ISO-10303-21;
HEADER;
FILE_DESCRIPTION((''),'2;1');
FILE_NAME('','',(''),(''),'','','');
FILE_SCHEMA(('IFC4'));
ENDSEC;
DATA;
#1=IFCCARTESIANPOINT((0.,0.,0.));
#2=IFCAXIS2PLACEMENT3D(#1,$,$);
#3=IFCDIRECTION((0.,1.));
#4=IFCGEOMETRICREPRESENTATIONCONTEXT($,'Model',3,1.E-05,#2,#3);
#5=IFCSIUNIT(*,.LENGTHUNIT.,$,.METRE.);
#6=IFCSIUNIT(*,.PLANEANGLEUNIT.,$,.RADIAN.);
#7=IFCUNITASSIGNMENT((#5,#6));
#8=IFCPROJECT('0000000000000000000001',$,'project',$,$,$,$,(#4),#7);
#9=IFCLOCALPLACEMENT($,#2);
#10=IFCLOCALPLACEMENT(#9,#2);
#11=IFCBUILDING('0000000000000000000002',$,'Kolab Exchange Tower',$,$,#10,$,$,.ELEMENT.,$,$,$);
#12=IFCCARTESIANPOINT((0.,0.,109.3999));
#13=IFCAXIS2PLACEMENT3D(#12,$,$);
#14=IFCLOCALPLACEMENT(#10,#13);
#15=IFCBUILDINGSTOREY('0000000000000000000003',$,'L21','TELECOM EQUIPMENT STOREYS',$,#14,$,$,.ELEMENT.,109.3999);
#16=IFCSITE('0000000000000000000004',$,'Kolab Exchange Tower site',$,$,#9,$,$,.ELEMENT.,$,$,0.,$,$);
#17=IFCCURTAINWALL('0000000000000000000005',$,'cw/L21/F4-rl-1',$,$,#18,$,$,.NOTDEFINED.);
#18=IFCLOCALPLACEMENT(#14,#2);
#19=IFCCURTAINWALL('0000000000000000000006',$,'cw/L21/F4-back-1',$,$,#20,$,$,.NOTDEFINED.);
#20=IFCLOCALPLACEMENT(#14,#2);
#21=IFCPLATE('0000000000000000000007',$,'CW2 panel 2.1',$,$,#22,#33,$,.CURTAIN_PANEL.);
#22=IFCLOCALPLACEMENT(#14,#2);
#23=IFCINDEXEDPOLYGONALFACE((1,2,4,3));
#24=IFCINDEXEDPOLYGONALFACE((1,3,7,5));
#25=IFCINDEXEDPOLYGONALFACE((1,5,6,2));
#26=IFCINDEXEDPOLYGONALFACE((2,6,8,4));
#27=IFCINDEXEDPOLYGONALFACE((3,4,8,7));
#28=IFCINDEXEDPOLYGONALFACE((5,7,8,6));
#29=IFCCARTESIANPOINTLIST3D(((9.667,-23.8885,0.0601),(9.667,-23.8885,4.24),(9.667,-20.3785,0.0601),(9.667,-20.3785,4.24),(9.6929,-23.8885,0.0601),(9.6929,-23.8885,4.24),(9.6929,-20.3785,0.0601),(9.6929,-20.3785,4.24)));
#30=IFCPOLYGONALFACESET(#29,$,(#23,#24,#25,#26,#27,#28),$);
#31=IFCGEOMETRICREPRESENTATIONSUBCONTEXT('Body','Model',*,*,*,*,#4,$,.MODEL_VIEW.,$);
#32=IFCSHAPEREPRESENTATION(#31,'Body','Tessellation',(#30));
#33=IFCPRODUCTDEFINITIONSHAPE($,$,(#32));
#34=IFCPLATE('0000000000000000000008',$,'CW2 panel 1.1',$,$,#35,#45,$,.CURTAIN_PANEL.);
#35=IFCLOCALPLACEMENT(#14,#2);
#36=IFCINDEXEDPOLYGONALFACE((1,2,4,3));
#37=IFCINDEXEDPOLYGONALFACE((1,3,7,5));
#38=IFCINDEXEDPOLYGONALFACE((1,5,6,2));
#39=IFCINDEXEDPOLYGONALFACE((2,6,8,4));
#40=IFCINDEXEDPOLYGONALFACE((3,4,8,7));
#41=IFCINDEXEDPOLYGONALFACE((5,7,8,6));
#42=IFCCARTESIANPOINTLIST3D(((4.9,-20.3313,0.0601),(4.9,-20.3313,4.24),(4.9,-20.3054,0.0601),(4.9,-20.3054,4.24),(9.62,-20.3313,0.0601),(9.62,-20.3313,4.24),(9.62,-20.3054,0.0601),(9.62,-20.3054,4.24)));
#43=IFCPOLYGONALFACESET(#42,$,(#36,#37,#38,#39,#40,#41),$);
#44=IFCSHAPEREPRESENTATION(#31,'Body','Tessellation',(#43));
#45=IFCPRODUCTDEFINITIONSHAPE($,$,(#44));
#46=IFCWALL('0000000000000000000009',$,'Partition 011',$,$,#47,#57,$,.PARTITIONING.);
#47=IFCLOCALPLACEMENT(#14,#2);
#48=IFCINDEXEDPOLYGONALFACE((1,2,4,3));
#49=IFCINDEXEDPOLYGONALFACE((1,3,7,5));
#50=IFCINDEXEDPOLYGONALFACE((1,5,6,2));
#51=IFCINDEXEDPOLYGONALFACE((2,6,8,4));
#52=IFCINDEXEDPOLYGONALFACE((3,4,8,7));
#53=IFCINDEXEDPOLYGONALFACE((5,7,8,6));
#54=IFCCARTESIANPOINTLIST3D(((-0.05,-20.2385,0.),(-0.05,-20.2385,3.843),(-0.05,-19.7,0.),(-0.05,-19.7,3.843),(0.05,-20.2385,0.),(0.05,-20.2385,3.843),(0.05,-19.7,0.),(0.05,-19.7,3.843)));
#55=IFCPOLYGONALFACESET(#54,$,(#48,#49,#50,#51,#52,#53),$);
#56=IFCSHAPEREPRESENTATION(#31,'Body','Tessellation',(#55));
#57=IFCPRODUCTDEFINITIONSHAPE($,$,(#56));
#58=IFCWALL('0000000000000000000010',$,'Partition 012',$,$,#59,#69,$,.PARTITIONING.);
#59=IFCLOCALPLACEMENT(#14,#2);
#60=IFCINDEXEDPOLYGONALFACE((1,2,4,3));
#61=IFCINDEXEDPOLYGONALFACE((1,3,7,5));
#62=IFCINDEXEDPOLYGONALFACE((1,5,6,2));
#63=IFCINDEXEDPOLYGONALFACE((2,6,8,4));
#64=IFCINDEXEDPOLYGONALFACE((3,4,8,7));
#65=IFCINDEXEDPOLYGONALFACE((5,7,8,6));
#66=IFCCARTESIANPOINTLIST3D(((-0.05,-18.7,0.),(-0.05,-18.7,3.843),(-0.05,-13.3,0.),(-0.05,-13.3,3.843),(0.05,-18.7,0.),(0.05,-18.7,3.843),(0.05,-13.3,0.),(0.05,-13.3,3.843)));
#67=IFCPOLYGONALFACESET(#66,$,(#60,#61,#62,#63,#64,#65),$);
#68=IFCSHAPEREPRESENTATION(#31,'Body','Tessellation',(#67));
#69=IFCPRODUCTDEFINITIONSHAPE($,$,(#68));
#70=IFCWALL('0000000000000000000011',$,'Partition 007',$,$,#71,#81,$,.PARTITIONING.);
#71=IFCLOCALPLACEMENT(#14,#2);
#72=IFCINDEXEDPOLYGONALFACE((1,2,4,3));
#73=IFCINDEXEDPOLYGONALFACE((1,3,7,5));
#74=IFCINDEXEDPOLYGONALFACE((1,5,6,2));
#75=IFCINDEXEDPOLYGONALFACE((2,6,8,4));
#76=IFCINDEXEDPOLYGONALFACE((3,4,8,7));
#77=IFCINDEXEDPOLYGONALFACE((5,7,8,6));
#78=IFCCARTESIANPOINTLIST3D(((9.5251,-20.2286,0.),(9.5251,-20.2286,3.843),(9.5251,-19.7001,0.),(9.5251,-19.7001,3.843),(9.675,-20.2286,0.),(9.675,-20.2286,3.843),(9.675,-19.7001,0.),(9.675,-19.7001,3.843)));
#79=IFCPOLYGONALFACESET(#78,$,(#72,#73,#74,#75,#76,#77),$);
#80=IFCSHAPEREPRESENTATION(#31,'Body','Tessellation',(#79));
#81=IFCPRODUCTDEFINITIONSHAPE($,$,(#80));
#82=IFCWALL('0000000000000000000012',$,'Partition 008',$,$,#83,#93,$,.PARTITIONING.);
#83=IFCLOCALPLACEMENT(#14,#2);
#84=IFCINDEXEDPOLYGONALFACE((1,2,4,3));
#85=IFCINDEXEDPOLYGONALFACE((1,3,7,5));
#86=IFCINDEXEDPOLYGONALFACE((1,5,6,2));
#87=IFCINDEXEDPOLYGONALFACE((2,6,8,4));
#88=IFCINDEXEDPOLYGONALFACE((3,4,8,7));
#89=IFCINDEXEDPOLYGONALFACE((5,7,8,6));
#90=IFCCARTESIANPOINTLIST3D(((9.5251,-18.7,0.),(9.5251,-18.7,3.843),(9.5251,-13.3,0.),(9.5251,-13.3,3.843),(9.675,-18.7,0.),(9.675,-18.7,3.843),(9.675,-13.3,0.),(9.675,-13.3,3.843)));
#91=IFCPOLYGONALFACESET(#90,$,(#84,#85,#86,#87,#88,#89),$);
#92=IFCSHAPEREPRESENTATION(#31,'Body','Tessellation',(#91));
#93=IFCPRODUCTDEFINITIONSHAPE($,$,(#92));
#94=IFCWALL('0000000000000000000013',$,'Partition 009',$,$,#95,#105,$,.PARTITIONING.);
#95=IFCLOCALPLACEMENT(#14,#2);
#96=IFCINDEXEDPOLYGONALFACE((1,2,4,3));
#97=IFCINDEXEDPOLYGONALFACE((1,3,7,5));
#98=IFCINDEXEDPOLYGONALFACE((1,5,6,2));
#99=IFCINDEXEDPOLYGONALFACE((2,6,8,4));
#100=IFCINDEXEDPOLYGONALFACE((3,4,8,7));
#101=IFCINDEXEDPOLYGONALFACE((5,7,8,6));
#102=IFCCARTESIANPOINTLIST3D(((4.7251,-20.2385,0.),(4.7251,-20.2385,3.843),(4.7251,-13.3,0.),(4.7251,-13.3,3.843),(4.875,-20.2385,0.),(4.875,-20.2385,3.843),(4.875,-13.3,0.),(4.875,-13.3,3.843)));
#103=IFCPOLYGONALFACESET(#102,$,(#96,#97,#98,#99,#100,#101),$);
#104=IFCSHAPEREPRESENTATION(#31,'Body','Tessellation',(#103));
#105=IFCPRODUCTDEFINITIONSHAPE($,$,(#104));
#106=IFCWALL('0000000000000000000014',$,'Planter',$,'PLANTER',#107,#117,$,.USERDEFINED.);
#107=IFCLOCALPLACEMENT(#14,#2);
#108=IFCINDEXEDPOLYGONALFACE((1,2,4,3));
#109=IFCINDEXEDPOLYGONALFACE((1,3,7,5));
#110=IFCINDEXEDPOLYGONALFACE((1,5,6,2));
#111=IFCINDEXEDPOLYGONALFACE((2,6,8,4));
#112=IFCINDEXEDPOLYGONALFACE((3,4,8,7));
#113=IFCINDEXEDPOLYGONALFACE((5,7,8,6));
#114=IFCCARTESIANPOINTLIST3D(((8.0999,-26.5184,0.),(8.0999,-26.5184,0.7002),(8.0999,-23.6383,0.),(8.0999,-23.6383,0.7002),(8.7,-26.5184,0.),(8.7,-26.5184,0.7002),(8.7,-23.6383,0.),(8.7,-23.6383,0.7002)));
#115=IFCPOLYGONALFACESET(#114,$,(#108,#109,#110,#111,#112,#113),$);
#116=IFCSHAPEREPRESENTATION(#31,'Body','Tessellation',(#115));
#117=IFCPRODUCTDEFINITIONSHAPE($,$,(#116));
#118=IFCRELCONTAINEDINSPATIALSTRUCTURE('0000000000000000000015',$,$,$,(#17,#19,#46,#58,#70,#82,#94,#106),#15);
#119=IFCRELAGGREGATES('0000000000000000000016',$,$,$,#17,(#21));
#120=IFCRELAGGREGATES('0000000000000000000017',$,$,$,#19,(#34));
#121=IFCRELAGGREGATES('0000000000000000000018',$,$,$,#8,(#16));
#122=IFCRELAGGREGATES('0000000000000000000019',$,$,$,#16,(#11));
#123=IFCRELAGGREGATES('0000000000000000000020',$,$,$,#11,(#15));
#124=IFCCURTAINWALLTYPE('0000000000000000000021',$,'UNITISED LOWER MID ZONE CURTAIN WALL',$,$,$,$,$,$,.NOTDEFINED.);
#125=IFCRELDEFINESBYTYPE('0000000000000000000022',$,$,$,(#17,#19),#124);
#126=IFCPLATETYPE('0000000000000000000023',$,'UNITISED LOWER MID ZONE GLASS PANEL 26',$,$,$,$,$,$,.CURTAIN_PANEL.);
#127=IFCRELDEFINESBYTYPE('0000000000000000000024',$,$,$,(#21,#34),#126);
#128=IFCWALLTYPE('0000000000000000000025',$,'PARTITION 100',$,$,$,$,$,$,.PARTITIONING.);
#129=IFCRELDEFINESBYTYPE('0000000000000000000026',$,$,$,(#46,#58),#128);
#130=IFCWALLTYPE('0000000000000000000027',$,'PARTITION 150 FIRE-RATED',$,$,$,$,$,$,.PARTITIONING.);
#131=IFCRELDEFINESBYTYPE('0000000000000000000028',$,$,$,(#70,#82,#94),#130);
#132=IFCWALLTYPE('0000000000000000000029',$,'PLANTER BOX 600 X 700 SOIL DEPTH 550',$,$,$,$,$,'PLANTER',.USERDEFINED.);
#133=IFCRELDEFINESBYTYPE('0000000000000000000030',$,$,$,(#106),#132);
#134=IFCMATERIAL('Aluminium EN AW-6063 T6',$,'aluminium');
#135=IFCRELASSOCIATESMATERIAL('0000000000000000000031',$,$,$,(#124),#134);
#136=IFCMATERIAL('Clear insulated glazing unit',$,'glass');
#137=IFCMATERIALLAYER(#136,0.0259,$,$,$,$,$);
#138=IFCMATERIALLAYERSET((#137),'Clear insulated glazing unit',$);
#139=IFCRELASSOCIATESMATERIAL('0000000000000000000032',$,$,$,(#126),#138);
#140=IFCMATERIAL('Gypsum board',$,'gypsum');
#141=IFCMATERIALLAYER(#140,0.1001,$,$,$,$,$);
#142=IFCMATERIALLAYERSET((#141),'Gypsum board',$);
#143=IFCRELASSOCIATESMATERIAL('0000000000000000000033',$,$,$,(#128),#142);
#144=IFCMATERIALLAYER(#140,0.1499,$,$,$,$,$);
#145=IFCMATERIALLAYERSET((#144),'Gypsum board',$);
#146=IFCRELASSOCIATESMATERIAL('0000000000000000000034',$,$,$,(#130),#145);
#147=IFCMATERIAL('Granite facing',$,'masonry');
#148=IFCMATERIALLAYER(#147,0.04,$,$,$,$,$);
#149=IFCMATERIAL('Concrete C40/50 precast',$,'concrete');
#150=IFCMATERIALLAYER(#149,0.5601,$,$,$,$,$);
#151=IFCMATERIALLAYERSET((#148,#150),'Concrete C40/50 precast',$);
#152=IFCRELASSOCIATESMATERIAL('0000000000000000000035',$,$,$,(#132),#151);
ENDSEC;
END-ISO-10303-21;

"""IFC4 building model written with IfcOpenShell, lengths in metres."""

from ifc_helpers import new_model, si_unit, direction, frame, frame_2d, origin, origin_2d, place, context, subcontext, project, spatial, rectangle, extrude, material, layer, layer_set, type_object, element, aggregate, save


model = new_model("IFC4")

# Units and contexts
model_context = context("Model", 3, precision=1e-05, world=origin(), true_north=direction((0.0, 1.0)))
body_context = subcontext(model_context, "Body", "Model", "MODEL_VIEW")
ifc_project = project(units=[si_unit("LENGTHUNIT", "METRE"), si_unit("PLANEANGLEUNIT", "RADIAN")], contexts=[model_context])

# Site, building, storey
site_placement = place(None, origin())
site = spatial("IfcSite", under=ifc_project, at=site_placement, Name="Kolab Exchange Tower site", CompositionType="ELEMENT", RefElevation=0.0)
building_placement = place(site_placement, origin())
building = spatial("IfcBuilding", under=site, at=building_placement, Name="Kolab Exchange Tower", CompositionType="ELEMENT")
storey_placement = place(building_placement, frame((0.0, 0.0, 109.3999)))
storey = spatial("IfcBuildingStorey", under=building, at=storey_placement, Name="L21", Description="TELECOM EQUIPMENT STOREYS", CompositionType="ELEMENT", Elevation=109.3999)

# Curtain wall
ifc_material_1 = material(Name="Aluminium EN AW-6063 T6", Category="aluminium")
curtain_wall_type = type_object("IfcCurtainWallType", Name="UNITISED LOWER MID ZONE CURTAIN WALL", PredefinedType="NOTDEFINED", material=ifc_material_1)
curtain_wall_1_placement = place(storey_placement, origin())
curtain_wall_1 = element("IfcCurtainWall", 1, at=curtain_wall_1_placement, inside=storey, type_object=curtain_wall_type, Name="cw/L21/F4-rl-1", PredefinedType="NOTDEFINED")

# Curtain wall
curtain_wall_2_placement = place(storey_placement, origin())
curtain_wall_2 = element("IfcCurtainWall", 2, at=curtain_wall_2_placement, inside=storey, type_object=curtain_wall_type, Name="cw/L21/F4-back-1", PredefinedType="NOTDEFINED")

# Plates
ifc_material_2 = material(Name="Clear insulated glazing unit", Category="glass")
ifc_layer_1 = layer(ifc_material_2, 0.0259)
ifc_layer_set_1 = layer_set([ifc_layer_1], Name="Clear insulated glazing unit")
plate_type = type_object("IfcPlateType", Name="UNITISED LOWER MID ZONE GLASS PANEL 26", PredefinedType="CURTAIN_PANEL", material=ifc_layer_set_1)
plate_1_placement = place(storey_placement, frame((9.6799, -22.1335, 0.0601), z_axis=(0.0, 0.0, 1.0), x_axis=(0.0, 1.0, 0.0)))
plate_1 = element("IfcPlate", 3, at=plate_1_placement, type_object=plate_type, Name="CW2 panel 2.1", PredefinedType="CURTAIN_PANEL", context=body_context, shape_type="SweptSolid", body=[
    extrude(rectangle(XDim=3.51, YDim=0.0259, at=origin_2d()), origin(), (0.0, 0.0, 1.0), 4.1799),
])
aggregate(curtain_wall_1, [plate_1])
plate_2_placement = place(storey_placement, frame((7.26, -20.3184, 0.0601), z_axis=(0.0, 0.0, 1.0), x_axis=(-1.0, 0.0, 0.0)))
plate_2 = element("IfcPlate", 4, at=plate_2_placement, type_object=plate_type, Name="CW2 panel 1.1", PredefinedType="CURTAIN_PANEL", context=body_context, shape_type="SweptSolid", body=[
    extrude(rectangle(XDim=4.72, YDim=0.0259, at=origin_2d()), origin(), (0.0, 0.0, 1.0), 4.1799),
])
aggregate(curtain_wall_2, [plate_2])

# Walls
ifc_material_3 = material(Name="Gypsum board", Category="gypsum")
ifc_layer_2 = layer(ifc_material_3, 0.1001)
ifc_layer_set_2 = layer_set([ifc_layer_2], Name="Gypsum board")
wall_type_1 = type_object("IfcWallType", Name="PARTITION 100", PredefinedType="PARTITIONING", material=ifc_layer_set_2)
wall_1_placement = place(storey_placement, frame((0.0, -20.2385, 0.0), z_axis=(0.0, 0.0, 1.0), x_axis=(0.0, 1.0, 0.0)))
element("IfcWall", 5, at=wall_1_placement, inside=storey, type_object=wall_type_1, Name="Partition 011", PredefinedType="PARTITIONING", context=body_context, shape_type="SweptSolid", body=[
    extrude(rectangle(XDim=0.5386, YDim=0.1001, at=frame_2d((0.2693, 0.0))), origin(), (0.0, 0.0, 1.0), 3.843),
])
wall_2_placement = place(storey_placement, frame((0.0, -18.7, 0.0), z_axis=(0.0, 0.0, 1.0), x_axis=(0.0, 1.0, 0.0)))
element("IfcWall", 6, at=wall_2_placement, inside=storey, type_object=wall_type_1, Name="Partition 012", PredefinedType="PARTITIONING", context=body_context, shape_type="SweptSolid", body=[
    extrude(rectangle(XDim=5.3999, YDim=0.1001, at=frame_2d((2.7, 0.0))), origin(), (0.0, 0.0, 1.0), 3.843),
])
ifc_layer_3 = layer(ifc_material_3, 0.1499)
ifc_layer_set_3 = layer_set([ifc_layer_3], Name="Gypsum board")
wall_type_2 = type_object("IfcWallType", Name="PARTITION 150 FIRE-RATED", PredefinedType="PARTITIONING", material=ifc_layer_set_3)
wall_3_placement = place(storey_placement, frame((9.6001, -20.2285, 0.0), z_axis=(0.0, 0.0, 1.0), x_axis=(0.0, 1.0, 0.0)))
element("IfcWall", 7, at=wall_3_placement, inside=storey, type_object=wall_type_2, Name="Partition 007", PredefinedType="PARTITIONING", context=body_context, shape_type="SweptSolid", body=[
    extrude(rectangle(XDim=0.5286, YDim=0.1499, at=frame_2d((0.2642, 0.0))), origin(), (0.0, 0.0, 1.0), 3.843),
])
wall_4_placement = place(storey_placement, frame((9.6001, -18.7, 0.0), z_axis=(0.0, 0.0, 1.0), x_axis=(0.0, 1.0, 0.0)))
element("IfcWall", 8, at=wall_4_placement, inside=storey, type_object=wall_type_2, Name="Partition 008", PredefinedType="PARTITIONING", context=body_context, shape_type="SweptSolid", body=[
    extrude(rectangle(XDim=5.3999, YDim=0.1499, at=frame_2d((2.7, 0.0))), origin(), (0.0, 0.0, 1.0), 3.843),
])
wall_5_placement = place(storey_placement, frame((4.8, -20.2385, 0.0), z_axis=(0.0, 0.0, 1.0), x_axis=(0.0, 1.0, 0.0)))
element("IfcWall", 9, at=wall_5_placement, inside=storey, type_object=wall_type_2, Name="Partition 009", PredefinedType="PARTITIONING", context=body_context, shape_type="SweptSolid", body=[
    extrude(rectangle(XDim=6.9385, YDim=0.1499, at=frame_2d((3.4692, 0.0))), origin(), (0.0, 0.0, 1.0), 3.843),
])
ifc_material_4 = material(Name="Granite facing", Category="masonry")
ifc_layer_4 = layer(ifc_material_4, 0.04)
ifc_material_5 = material(Name="Concrete C40/50 precast", Category="concrete")
ifc_layer_5 = layer(ifc_material_5, 0.5601)
ifc_layer_set_4 = layer_set([ifc_layer_4, ifc_layer_5], Name="Concrete C40/50 precast")
wall_type_3 = type_object("IfcWallType", Name="PLANTER BOX 600 X 700 SOIL DEPTH 550", ElementType="PLANTER", PredefinedType="USERDEFINED", material=ifc_layer_set_4)
wall_6_placement = place(storey_placement, frame((8.3999, -23.6384, 0.0), z_axis=(0.0, 0.0, 1.0), x_axis=(0.0, -1.0, 0.0)))
element("IfcWall", 10, at=wall_6_placement, inside=storey, type_object=wall_type_3, Name="Planter", ObjectType="PLANTER", PredefinedType="USERDEFINED", context=body_context, shape_type="SweptSolid", body=[
    extrude(rectangle(XDim=2.8801, YDim=0.6001, at=frame_2d((1.4399, 0.0))), origin(), (0.0, 0.0, 1.0), 0.7002),
])

save(model, "model.ifc")
